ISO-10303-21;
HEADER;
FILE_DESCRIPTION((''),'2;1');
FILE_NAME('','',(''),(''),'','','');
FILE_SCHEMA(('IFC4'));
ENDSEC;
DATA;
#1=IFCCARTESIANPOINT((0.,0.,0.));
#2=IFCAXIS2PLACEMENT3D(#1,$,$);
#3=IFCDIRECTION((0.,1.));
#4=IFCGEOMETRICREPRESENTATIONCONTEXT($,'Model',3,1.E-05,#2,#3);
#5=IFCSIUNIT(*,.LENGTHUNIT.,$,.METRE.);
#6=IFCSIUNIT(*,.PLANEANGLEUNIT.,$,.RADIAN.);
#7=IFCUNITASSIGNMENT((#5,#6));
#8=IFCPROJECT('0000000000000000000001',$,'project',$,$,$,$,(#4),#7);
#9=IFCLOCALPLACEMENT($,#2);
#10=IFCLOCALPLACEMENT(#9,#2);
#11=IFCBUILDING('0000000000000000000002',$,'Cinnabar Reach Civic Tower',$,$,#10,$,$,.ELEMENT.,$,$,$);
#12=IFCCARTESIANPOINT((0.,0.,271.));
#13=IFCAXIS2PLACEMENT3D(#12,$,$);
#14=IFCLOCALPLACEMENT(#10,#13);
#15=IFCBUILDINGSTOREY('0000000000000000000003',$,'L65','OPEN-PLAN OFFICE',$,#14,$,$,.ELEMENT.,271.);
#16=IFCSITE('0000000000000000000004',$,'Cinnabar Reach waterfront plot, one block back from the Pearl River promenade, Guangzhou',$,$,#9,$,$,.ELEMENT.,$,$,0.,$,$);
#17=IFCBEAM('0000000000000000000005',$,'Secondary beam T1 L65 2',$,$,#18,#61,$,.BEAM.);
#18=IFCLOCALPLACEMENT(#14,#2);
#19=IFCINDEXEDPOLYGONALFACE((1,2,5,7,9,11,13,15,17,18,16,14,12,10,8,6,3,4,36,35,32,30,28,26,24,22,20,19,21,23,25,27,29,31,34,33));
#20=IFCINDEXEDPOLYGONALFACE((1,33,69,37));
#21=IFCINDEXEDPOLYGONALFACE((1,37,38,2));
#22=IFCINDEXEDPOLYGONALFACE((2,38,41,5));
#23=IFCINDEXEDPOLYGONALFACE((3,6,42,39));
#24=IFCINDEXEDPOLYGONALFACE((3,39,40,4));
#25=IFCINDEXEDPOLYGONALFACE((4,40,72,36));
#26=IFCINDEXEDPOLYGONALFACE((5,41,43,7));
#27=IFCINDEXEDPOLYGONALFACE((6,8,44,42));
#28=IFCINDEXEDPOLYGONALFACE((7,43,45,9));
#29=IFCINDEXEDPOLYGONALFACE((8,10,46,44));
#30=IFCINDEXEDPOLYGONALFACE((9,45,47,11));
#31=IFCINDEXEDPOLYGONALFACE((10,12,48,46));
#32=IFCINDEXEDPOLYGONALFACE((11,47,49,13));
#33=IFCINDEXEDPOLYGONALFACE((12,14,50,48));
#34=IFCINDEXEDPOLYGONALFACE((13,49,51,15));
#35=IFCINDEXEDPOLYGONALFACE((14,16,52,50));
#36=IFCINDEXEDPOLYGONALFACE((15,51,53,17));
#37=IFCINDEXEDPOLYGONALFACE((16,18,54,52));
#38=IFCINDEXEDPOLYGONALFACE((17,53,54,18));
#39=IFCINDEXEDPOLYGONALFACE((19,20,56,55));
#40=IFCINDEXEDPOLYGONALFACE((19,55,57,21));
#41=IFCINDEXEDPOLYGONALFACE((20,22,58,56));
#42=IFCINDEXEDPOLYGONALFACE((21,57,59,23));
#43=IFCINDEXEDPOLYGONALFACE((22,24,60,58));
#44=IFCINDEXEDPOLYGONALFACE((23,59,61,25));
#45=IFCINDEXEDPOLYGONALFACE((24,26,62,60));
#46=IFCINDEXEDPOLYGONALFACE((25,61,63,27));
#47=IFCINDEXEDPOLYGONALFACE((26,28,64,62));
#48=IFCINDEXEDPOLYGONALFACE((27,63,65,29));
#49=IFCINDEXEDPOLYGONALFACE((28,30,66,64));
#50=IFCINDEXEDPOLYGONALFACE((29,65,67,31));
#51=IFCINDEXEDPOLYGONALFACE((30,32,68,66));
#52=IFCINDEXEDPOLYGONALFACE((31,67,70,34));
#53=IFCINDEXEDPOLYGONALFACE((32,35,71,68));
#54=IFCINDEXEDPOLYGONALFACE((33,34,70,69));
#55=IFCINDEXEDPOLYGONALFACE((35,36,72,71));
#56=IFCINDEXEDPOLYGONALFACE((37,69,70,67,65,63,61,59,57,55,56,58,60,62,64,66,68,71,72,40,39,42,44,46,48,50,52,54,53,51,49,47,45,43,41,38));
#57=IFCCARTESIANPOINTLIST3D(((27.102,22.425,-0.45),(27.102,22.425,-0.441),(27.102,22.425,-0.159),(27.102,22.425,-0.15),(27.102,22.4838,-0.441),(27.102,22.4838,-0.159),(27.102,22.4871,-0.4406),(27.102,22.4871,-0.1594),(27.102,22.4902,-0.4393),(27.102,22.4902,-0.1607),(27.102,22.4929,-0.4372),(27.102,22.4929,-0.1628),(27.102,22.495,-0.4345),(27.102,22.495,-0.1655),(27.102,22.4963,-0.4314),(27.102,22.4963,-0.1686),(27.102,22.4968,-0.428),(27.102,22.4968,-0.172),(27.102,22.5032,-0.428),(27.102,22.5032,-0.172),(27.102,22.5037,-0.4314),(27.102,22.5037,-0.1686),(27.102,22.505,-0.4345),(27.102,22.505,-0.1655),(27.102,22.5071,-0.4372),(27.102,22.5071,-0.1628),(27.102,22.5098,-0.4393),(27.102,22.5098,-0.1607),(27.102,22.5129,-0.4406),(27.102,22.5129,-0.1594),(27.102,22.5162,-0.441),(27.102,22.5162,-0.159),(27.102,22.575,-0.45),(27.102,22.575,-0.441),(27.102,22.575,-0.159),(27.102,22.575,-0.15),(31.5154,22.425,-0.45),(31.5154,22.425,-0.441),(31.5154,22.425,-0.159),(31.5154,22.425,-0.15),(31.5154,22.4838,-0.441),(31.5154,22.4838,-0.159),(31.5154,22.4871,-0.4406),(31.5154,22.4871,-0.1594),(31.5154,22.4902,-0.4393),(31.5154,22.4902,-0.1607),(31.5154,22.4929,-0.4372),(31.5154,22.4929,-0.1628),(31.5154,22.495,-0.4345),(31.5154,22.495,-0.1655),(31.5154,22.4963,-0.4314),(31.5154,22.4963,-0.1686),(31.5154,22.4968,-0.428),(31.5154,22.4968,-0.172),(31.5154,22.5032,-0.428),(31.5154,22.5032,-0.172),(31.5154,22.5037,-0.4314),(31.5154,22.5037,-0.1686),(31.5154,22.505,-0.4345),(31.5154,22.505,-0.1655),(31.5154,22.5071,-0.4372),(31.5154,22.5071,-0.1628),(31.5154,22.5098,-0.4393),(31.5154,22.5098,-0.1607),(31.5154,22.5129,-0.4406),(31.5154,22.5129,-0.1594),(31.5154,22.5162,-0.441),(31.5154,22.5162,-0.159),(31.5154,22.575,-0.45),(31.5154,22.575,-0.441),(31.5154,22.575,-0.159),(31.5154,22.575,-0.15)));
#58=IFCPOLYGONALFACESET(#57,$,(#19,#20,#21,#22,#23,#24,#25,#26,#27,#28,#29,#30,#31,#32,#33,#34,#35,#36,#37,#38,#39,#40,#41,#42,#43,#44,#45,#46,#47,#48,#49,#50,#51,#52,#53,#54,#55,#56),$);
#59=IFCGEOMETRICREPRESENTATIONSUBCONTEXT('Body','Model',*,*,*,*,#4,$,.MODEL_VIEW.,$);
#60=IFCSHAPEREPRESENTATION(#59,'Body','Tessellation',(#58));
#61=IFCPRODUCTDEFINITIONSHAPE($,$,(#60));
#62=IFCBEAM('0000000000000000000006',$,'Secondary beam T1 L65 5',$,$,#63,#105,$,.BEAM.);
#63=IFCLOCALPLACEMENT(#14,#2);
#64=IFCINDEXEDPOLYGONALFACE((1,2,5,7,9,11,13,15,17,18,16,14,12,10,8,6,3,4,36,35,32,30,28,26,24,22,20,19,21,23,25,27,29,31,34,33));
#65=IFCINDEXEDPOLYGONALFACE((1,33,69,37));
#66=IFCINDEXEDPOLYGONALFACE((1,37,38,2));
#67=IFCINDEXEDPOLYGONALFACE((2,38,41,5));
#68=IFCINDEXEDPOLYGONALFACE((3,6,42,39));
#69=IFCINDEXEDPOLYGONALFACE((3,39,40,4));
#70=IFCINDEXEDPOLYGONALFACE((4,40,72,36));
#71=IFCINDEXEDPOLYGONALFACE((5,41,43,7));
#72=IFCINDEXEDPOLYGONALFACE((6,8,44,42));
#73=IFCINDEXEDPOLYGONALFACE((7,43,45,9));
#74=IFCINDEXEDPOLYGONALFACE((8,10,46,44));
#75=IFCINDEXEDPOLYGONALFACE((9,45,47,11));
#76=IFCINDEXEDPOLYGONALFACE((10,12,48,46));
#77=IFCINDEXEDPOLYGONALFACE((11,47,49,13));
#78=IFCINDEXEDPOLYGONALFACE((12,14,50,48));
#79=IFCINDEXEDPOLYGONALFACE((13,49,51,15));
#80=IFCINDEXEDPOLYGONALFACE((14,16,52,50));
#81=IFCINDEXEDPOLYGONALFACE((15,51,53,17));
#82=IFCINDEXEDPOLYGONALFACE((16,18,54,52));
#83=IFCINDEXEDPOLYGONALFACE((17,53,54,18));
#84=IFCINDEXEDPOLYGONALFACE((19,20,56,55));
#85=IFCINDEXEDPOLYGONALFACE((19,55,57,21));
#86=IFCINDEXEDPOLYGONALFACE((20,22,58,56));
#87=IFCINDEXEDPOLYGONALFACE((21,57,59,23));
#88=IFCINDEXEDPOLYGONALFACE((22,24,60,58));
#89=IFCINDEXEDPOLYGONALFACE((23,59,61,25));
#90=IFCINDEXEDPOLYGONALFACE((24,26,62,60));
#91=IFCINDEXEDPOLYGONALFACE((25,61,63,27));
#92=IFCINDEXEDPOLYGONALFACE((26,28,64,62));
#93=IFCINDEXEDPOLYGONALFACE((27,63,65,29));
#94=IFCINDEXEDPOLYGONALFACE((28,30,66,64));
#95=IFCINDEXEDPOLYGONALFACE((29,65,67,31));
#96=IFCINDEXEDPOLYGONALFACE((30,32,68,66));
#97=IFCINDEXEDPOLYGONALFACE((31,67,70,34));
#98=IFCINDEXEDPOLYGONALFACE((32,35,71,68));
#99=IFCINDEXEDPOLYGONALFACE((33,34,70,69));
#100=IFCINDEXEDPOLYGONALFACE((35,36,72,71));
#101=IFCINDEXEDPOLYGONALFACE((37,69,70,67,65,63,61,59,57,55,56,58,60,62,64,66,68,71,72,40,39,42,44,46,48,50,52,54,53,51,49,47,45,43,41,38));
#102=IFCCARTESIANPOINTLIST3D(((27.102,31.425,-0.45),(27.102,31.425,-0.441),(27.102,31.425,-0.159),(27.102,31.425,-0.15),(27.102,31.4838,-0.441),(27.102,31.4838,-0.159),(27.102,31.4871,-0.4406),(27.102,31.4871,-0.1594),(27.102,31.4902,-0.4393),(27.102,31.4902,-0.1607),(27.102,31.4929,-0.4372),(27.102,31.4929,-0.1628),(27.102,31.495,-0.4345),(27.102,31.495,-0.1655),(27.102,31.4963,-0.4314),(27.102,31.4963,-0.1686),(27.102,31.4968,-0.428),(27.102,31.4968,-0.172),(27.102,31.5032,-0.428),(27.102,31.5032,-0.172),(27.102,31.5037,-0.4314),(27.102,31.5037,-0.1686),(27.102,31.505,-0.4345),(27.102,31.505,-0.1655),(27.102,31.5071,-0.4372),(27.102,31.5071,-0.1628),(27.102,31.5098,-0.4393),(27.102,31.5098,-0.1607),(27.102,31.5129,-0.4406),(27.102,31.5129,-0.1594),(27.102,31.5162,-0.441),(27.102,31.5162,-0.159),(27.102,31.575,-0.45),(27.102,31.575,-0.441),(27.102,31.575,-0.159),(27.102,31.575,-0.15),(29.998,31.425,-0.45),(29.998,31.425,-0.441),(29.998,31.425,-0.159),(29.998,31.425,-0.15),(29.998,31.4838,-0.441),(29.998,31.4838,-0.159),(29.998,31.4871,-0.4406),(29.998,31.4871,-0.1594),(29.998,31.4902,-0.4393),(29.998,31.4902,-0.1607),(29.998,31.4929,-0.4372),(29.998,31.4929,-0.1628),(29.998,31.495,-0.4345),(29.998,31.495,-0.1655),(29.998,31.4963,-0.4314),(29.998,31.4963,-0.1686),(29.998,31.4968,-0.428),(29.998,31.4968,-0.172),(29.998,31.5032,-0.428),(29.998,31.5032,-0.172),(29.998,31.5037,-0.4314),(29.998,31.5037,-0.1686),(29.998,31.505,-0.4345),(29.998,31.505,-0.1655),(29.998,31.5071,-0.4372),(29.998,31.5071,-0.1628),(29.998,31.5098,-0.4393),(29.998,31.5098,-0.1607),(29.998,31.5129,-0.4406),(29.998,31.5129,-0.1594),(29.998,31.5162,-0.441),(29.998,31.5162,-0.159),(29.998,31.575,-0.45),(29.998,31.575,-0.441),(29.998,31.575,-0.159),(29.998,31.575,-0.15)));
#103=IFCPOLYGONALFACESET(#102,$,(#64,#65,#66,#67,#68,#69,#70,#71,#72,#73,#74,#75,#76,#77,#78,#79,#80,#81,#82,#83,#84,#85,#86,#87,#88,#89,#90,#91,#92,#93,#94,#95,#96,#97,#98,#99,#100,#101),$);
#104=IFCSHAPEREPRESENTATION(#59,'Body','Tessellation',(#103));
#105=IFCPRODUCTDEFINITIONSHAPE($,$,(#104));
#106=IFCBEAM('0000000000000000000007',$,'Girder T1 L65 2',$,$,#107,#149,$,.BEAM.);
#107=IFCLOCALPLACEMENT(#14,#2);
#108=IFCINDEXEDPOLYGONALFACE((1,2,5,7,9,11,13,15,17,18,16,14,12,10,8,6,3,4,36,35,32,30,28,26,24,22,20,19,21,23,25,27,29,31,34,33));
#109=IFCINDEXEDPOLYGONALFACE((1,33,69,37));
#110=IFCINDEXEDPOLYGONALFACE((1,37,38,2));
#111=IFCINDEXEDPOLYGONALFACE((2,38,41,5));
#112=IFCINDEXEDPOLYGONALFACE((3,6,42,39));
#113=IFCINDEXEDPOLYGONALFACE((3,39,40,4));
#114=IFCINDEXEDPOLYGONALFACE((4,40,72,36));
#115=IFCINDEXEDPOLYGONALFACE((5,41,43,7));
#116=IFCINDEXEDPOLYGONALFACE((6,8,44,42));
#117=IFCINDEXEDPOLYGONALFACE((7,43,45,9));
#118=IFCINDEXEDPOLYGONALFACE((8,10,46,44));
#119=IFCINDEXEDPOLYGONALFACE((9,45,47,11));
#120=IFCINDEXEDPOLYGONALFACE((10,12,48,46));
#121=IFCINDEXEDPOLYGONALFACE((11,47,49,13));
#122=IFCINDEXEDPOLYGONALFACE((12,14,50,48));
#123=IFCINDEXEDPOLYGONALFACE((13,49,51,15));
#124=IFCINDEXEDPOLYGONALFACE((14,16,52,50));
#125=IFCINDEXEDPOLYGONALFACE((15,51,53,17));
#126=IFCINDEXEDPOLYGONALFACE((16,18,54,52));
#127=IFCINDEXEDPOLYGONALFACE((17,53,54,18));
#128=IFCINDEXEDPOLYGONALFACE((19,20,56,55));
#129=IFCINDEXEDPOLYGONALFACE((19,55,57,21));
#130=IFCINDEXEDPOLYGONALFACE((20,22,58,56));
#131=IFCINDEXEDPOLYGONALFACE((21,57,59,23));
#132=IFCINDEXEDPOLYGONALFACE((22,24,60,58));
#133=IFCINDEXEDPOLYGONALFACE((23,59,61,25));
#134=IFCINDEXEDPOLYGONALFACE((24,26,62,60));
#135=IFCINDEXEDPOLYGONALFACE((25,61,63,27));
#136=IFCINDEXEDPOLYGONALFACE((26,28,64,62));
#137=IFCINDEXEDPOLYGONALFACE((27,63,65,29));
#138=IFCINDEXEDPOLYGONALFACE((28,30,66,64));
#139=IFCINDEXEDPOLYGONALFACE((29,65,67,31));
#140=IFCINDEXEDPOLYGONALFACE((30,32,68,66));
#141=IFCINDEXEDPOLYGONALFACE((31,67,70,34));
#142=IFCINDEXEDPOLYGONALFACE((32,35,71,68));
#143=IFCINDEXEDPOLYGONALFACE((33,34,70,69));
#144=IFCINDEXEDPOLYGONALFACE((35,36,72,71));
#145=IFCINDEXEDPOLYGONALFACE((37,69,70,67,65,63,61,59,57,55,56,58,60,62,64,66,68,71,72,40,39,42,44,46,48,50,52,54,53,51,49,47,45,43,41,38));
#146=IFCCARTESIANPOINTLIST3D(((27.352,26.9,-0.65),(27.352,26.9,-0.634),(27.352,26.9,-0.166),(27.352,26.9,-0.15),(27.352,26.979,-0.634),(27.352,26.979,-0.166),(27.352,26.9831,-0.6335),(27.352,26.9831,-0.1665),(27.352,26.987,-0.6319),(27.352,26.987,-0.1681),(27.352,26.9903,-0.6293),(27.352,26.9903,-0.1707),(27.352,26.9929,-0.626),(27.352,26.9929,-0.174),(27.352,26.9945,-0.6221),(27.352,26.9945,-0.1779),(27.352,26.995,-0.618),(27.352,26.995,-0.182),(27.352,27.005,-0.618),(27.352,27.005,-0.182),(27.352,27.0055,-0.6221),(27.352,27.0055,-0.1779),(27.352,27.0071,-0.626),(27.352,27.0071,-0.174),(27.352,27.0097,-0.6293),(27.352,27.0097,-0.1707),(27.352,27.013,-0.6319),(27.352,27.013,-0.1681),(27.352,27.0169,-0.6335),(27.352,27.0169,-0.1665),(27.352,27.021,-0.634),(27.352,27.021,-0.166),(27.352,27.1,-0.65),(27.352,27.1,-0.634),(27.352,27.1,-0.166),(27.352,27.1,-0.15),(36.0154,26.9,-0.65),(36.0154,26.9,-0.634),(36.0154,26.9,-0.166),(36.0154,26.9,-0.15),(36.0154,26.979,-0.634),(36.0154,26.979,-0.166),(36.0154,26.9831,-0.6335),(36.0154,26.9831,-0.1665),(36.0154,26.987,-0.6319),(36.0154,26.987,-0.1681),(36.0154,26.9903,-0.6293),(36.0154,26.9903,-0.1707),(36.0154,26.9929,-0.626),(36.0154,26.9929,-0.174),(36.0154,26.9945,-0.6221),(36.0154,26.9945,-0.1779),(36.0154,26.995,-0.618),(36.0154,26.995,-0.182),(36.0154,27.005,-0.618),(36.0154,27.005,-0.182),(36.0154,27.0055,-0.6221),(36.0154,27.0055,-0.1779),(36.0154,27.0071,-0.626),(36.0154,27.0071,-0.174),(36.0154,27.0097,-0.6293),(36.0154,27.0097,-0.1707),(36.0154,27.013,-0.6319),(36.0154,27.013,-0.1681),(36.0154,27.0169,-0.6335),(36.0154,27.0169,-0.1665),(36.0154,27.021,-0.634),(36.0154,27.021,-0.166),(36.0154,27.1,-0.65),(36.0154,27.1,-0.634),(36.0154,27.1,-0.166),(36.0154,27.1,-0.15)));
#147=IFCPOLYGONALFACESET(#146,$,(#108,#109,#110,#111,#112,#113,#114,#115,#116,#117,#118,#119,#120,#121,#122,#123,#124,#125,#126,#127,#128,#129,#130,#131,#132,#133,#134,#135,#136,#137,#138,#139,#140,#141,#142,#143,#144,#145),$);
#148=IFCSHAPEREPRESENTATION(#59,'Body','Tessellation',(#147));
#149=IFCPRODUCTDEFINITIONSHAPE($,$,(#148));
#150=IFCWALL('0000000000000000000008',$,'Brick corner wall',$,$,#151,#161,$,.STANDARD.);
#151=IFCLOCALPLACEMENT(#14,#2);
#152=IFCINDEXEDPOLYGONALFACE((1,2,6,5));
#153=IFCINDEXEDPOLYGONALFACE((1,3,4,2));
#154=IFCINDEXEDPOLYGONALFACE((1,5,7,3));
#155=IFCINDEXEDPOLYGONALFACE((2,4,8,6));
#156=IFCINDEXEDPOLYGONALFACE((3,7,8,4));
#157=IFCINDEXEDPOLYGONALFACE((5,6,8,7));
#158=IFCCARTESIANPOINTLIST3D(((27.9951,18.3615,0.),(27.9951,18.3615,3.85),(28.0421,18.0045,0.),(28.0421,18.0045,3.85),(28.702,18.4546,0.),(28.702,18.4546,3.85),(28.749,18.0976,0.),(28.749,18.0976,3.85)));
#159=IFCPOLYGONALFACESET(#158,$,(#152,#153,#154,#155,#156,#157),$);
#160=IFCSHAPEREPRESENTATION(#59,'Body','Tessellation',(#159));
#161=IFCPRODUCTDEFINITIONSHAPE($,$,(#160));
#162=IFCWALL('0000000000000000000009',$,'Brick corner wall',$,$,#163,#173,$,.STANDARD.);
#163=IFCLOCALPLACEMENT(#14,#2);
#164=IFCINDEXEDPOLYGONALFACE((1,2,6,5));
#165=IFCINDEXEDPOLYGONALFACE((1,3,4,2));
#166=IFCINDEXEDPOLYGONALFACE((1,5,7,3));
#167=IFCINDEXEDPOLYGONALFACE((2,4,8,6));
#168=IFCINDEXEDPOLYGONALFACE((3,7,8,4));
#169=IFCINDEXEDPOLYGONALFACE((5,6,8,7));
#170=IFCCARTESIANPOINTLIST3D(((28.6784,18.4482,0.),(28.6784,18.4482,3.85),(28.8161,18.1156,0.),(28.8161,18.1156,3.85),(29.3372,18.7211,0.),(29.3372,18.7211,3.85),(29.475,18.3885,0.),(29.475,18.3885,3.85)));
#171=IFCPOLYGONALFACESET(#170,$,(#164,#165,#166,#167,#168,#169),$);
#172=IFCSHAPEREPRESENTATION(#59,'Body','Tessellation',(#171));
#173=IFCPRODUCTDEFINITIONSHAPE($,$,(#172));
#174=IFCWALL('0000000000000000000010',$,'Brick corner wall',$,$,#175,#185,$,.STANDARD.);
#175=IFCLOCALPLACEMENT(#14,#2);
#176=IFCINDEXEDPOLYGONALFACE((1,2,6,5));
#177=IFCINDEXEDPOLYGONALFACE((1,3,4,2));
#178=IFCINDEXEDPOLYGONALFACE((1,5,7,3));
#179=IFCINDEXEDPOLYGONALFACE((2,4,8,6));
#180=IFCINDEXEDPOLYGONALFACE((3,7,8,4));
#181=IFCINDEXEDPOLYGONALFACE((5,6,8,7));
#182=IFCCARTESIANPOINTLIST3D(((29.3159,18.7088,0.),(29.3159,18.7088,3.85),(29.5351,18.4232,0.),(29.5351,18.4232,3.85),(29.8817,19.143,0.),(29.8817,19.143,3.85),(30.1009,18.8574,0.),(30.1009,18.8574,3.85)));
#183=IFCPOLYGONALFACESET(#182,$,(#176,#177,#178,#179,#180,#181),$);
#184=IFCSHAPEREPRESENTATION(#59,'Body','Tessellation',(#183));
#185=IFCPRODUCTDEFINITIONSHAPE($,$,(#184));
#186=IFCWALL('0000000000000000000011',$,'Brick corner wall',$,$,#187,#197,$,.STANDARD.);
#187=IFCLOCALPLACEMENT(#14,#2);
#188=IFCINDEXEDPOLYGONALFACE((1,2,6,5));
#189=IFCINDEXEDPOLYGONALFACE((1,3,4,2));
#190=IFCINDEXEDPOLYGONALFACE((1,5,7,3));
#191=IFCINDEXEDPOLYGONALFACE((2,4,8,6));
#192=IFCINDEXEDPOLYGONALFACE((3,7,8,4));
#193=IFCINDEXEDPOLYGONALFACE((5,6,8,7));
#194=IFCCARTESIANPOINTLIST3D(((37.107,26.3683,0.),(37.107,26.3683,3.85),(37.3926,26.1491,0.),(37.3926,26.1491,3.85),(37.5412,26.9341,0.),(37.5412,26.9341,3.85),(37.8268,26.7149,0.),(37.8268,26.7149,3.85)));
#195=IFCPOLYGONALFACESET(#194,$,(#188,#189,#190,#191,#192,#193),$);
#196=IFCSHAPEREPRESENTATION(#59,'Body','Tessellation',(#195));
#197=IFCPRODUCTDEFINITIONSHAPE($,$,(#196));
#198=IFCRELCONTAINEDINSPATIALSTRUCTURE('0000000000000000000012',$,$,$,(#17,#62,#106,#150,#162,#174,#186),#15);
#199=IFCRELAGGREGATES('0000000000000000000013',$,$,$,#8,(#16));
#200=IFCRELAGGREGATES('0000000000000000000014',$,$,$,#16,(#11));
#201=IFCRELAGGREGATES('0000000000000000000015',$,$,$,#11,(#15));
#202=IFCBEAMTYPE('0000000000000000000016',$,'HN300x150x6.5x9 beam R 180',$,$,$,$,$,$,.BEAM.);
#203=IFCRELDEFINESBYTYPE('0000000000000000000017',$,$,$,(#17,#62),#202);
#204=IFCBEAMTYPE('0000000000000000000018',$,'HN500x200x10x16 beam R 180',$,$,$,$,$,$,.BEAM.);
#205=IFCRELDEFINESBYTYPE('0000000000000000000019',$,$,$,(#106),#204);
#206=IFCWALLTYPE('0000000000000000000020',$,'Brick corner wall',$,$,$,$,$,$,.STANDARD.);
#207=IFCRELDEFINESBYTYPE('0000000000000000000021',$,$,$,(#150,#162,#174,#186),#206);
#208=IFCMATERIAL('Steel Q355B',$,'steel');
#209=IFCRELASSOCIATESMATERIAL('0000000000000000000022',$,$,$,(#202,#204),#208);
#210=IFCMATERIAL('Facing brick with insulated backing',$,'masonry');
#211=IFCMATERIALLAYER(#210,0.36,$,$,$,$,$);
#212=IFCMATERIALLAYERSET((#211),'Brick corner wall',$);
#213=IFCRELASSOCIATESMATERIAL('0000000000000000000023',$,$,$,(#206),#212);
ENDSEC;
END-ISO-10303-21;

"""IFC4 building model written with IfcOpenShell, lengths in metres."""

from ifc_helpers import new_model, si_unit, direction, frame, frame_2d, origin, origin_2d, place, context, subcontext, project, spatial, rectangle, i_section, extrude, material, layer, layer_set, material_profile, profile_set, type_object, element, save


model = new_model("IFC4")

# Units and contexts
model_context = context("Model", 3, precision=1e-05, world=origin(), true_north=direction((0.0, 1.0)))
body_context = subcontext(model_context, "Body", "Model", "MODEL_VIEW")
ifc_project = project(units=[si_unit("LENGTHUNIT", "METRE"), si_unit("PLANEANGLEUNIT", "RADIAN")], contexts=[model_context])

# Site, building, storey
site_placement = place(None, origin())
site = spatial("IfcSite", under=ifc_project, at=site_placement, Name="Cinnabar Reach waterfront plot, one block back from the Pearl River promenade, Guangzhou", CompositionType="ELEMENT", RefElevation=0.0)
building_placement = place(site_placement, origin())
building = spatial("IfcBuilding", under=site, at=building_placement, Name="Cinnabar Reach Civic Tower", CompositionType="ELEMENT")
storey_placement = place(building_placement, frame((0.0, 0.0, 271.0)))
storey = spatial("IfcBuildingStorey", under=building, at=storey_placement, Name="L65", Description="OPEN-PLAN OFFICE", CompositionType="ELEMENT", Elevation=271.0)

# Beams
ifc_material_1 = material(Name="Steel Q355B", Category="steel")
ifc_material_profile_1 = material_profile(ifc_material_1, i_section(OverallWidth=0.15, OverallDepth=0.3, WebThickness=0.0065, FlangeThickness=0.009, FilletRadius=0.013, at=origin_2d()), Name="HN300x150x6.5x9")
ifc_profile_set_1 = profile_set([ifc_material_profile_1], Name="Steel Q355B")
beam_type_1 = type_object("IfcBeamType", Name="HN300x150x6.5x9 beam R 180", PredefinedType="BEAM", material=ifc_profile_set_1)
beam_1_placement = place(storey_placement, frame((27.102, 22.5, -0.3), z_axis=(1.0, 0.0, 0.0), x_axis=(0.0, 1.0, 0.0)))
element("IfcBeam", 1, at=beam_1_placement, inside=storey, type_object=beam_type_1, Name="Secondary beam T1 L65 2", PredefinedType="BEAM", context=body_context, shape_type="SweptSolid", body=[
    extrude(i_section(OverallWidth=0.15, OverallDepth=0.3, WebThickness=0.0065, FlangeThickness=0.009, FilletRadius=0.013, at=origin_2d()), origin(), (0.0, 0.0, 1.0), 4.4134),
])
beam_2_placement = place(storey_placement, frame((27.102, 31.5, -0.3), z_axis=(1.0, 0.0, 0.0), x_axis=(0.0, 1.0, 0.0)))
element("IfcBeam", 2, at=beam_2_placement, inside=storey, type_object=beam_type_1, Name="Secondary beam T1 L65 5", PredefinedType="BEAM", context=body_context, shape_type="SweptSolid", body=[
    extrude(i_section(OverallWidth=0.15, OverallDepth=0.3, WebThickness=0.0065, FlangeThickness=0.009, FilletRadius=0.013, at=origin_2d()), origin(), (0.0, 0.0, 1.0), 2.896),
])
ifc_material_profile_2 = material_profile(ifc_material_1, i_section(OverallWidth=0.2, OverallDepth=0.5, WebThickness=0.01, FlangeThickness=0.016, FilletRadius=0.016, at=origin_2d()), Name="HN500x200x10x16")
ifc_profile_set_2 = profile_set([ifc_material_profile_2], Name="Steel Q355B")
beam_type_2 = type_object("IfcBeamType", Name="HN500x200x10x16 beam R 180", PredefinedType="BEAM", material=ifc_profile_set_2)
beam_3_placement = place(storey_placement, frame((27.352, 27.0, -0.4), z_axis=(1.0, 0.0, 0.0), x_axis=(0.0, 1.0, 0.0)))
element("IfcBeam", 3, at=beam_3_placement, inside=storey, type_object=beam_type_2, Name="Girder T1 L65 2", PredefinedType="BEAM", context=body_context, shape_type="SweptSolid", body=[
    extrude(i_section(OverallWidth=0.2, OverallDepth=0.5, WebThickness=0.01, FlangeThickness=0.016, FilletRadius=0.016, at=origin_2d()), origin(), (0.0, 0.0, 1.0), 8.6634),
])

# Walls
ifc_material_2 = material(Name="Facing brick with insulated backing", Category="masonry")
ifc_layer_1 = layer(ifc_material_2, 0.36)
ifc_layer_set_1 = layer_set([ifc_layer_1], Name="Brick corner wall")
wall_type_1 = type_object("IfcWallType", Name="Brick corner wall", PredefinedType="STANDARD", material=ifc_layer_set_1)
for number, where, z_axis, x_axis, name in (
    (4, (28.0186, 18.183, 0.0), (0.0, 0.0, 1.0), (0.991441, 0.130556, 0.0), "Brick corner wall"),
    (5, (28.7473, 18.2819, 0.0), (0.0, 0.0, 1.0), (0.923872, 0.382703, 0.0), "Brick corner wall"),
):
    element("IfcWall", number, at=place(storey_placement, frame(where, z_axis=z_axis, x_axis=x_axis)), inside=storey, type_object=wall_type_1, Name=name, PredefinedType="STANDARD", context=body_context, shape_type="SweptSolid", body=[
        extrude(rectangle(XDim=0.7131, YDim=0.36, at=frame_2d((0.3565, 0.0))), origin(), (0.0, 0.0, 1.0), 3.85),
    ])
for number, where, z_axis, x_axis, name in (
    (6, (29.4255, 18.566, 0.0), (0.0, 0.0, 1.0), (0.793322, 0.608802, 0.0), "Brick corner wall"),
    (7, (37.2498, 26.2587, 0.0), (0.0, 0.0, 1.0), (0.608802, 0.793322, 0.0), "Brick corner wall"),
):
    element("IfcWall", number, at=place(storey_placement, frame(where, z_axis=z_axis, x_axis=x_axis)), inside=storey, type_object=wall_type_1, Name=name, PredefinedType="STANDARD", context=body_context, shape_type="SweptSolid", body=[
        extrude(rectangle(XDim=0.7132, YDim=0.36, at=frame_2d((0.3566, 0.0))), origin(), (0.0, 0.0, 1.0), 3.85),
    ])

save(model, "model.ifc")
